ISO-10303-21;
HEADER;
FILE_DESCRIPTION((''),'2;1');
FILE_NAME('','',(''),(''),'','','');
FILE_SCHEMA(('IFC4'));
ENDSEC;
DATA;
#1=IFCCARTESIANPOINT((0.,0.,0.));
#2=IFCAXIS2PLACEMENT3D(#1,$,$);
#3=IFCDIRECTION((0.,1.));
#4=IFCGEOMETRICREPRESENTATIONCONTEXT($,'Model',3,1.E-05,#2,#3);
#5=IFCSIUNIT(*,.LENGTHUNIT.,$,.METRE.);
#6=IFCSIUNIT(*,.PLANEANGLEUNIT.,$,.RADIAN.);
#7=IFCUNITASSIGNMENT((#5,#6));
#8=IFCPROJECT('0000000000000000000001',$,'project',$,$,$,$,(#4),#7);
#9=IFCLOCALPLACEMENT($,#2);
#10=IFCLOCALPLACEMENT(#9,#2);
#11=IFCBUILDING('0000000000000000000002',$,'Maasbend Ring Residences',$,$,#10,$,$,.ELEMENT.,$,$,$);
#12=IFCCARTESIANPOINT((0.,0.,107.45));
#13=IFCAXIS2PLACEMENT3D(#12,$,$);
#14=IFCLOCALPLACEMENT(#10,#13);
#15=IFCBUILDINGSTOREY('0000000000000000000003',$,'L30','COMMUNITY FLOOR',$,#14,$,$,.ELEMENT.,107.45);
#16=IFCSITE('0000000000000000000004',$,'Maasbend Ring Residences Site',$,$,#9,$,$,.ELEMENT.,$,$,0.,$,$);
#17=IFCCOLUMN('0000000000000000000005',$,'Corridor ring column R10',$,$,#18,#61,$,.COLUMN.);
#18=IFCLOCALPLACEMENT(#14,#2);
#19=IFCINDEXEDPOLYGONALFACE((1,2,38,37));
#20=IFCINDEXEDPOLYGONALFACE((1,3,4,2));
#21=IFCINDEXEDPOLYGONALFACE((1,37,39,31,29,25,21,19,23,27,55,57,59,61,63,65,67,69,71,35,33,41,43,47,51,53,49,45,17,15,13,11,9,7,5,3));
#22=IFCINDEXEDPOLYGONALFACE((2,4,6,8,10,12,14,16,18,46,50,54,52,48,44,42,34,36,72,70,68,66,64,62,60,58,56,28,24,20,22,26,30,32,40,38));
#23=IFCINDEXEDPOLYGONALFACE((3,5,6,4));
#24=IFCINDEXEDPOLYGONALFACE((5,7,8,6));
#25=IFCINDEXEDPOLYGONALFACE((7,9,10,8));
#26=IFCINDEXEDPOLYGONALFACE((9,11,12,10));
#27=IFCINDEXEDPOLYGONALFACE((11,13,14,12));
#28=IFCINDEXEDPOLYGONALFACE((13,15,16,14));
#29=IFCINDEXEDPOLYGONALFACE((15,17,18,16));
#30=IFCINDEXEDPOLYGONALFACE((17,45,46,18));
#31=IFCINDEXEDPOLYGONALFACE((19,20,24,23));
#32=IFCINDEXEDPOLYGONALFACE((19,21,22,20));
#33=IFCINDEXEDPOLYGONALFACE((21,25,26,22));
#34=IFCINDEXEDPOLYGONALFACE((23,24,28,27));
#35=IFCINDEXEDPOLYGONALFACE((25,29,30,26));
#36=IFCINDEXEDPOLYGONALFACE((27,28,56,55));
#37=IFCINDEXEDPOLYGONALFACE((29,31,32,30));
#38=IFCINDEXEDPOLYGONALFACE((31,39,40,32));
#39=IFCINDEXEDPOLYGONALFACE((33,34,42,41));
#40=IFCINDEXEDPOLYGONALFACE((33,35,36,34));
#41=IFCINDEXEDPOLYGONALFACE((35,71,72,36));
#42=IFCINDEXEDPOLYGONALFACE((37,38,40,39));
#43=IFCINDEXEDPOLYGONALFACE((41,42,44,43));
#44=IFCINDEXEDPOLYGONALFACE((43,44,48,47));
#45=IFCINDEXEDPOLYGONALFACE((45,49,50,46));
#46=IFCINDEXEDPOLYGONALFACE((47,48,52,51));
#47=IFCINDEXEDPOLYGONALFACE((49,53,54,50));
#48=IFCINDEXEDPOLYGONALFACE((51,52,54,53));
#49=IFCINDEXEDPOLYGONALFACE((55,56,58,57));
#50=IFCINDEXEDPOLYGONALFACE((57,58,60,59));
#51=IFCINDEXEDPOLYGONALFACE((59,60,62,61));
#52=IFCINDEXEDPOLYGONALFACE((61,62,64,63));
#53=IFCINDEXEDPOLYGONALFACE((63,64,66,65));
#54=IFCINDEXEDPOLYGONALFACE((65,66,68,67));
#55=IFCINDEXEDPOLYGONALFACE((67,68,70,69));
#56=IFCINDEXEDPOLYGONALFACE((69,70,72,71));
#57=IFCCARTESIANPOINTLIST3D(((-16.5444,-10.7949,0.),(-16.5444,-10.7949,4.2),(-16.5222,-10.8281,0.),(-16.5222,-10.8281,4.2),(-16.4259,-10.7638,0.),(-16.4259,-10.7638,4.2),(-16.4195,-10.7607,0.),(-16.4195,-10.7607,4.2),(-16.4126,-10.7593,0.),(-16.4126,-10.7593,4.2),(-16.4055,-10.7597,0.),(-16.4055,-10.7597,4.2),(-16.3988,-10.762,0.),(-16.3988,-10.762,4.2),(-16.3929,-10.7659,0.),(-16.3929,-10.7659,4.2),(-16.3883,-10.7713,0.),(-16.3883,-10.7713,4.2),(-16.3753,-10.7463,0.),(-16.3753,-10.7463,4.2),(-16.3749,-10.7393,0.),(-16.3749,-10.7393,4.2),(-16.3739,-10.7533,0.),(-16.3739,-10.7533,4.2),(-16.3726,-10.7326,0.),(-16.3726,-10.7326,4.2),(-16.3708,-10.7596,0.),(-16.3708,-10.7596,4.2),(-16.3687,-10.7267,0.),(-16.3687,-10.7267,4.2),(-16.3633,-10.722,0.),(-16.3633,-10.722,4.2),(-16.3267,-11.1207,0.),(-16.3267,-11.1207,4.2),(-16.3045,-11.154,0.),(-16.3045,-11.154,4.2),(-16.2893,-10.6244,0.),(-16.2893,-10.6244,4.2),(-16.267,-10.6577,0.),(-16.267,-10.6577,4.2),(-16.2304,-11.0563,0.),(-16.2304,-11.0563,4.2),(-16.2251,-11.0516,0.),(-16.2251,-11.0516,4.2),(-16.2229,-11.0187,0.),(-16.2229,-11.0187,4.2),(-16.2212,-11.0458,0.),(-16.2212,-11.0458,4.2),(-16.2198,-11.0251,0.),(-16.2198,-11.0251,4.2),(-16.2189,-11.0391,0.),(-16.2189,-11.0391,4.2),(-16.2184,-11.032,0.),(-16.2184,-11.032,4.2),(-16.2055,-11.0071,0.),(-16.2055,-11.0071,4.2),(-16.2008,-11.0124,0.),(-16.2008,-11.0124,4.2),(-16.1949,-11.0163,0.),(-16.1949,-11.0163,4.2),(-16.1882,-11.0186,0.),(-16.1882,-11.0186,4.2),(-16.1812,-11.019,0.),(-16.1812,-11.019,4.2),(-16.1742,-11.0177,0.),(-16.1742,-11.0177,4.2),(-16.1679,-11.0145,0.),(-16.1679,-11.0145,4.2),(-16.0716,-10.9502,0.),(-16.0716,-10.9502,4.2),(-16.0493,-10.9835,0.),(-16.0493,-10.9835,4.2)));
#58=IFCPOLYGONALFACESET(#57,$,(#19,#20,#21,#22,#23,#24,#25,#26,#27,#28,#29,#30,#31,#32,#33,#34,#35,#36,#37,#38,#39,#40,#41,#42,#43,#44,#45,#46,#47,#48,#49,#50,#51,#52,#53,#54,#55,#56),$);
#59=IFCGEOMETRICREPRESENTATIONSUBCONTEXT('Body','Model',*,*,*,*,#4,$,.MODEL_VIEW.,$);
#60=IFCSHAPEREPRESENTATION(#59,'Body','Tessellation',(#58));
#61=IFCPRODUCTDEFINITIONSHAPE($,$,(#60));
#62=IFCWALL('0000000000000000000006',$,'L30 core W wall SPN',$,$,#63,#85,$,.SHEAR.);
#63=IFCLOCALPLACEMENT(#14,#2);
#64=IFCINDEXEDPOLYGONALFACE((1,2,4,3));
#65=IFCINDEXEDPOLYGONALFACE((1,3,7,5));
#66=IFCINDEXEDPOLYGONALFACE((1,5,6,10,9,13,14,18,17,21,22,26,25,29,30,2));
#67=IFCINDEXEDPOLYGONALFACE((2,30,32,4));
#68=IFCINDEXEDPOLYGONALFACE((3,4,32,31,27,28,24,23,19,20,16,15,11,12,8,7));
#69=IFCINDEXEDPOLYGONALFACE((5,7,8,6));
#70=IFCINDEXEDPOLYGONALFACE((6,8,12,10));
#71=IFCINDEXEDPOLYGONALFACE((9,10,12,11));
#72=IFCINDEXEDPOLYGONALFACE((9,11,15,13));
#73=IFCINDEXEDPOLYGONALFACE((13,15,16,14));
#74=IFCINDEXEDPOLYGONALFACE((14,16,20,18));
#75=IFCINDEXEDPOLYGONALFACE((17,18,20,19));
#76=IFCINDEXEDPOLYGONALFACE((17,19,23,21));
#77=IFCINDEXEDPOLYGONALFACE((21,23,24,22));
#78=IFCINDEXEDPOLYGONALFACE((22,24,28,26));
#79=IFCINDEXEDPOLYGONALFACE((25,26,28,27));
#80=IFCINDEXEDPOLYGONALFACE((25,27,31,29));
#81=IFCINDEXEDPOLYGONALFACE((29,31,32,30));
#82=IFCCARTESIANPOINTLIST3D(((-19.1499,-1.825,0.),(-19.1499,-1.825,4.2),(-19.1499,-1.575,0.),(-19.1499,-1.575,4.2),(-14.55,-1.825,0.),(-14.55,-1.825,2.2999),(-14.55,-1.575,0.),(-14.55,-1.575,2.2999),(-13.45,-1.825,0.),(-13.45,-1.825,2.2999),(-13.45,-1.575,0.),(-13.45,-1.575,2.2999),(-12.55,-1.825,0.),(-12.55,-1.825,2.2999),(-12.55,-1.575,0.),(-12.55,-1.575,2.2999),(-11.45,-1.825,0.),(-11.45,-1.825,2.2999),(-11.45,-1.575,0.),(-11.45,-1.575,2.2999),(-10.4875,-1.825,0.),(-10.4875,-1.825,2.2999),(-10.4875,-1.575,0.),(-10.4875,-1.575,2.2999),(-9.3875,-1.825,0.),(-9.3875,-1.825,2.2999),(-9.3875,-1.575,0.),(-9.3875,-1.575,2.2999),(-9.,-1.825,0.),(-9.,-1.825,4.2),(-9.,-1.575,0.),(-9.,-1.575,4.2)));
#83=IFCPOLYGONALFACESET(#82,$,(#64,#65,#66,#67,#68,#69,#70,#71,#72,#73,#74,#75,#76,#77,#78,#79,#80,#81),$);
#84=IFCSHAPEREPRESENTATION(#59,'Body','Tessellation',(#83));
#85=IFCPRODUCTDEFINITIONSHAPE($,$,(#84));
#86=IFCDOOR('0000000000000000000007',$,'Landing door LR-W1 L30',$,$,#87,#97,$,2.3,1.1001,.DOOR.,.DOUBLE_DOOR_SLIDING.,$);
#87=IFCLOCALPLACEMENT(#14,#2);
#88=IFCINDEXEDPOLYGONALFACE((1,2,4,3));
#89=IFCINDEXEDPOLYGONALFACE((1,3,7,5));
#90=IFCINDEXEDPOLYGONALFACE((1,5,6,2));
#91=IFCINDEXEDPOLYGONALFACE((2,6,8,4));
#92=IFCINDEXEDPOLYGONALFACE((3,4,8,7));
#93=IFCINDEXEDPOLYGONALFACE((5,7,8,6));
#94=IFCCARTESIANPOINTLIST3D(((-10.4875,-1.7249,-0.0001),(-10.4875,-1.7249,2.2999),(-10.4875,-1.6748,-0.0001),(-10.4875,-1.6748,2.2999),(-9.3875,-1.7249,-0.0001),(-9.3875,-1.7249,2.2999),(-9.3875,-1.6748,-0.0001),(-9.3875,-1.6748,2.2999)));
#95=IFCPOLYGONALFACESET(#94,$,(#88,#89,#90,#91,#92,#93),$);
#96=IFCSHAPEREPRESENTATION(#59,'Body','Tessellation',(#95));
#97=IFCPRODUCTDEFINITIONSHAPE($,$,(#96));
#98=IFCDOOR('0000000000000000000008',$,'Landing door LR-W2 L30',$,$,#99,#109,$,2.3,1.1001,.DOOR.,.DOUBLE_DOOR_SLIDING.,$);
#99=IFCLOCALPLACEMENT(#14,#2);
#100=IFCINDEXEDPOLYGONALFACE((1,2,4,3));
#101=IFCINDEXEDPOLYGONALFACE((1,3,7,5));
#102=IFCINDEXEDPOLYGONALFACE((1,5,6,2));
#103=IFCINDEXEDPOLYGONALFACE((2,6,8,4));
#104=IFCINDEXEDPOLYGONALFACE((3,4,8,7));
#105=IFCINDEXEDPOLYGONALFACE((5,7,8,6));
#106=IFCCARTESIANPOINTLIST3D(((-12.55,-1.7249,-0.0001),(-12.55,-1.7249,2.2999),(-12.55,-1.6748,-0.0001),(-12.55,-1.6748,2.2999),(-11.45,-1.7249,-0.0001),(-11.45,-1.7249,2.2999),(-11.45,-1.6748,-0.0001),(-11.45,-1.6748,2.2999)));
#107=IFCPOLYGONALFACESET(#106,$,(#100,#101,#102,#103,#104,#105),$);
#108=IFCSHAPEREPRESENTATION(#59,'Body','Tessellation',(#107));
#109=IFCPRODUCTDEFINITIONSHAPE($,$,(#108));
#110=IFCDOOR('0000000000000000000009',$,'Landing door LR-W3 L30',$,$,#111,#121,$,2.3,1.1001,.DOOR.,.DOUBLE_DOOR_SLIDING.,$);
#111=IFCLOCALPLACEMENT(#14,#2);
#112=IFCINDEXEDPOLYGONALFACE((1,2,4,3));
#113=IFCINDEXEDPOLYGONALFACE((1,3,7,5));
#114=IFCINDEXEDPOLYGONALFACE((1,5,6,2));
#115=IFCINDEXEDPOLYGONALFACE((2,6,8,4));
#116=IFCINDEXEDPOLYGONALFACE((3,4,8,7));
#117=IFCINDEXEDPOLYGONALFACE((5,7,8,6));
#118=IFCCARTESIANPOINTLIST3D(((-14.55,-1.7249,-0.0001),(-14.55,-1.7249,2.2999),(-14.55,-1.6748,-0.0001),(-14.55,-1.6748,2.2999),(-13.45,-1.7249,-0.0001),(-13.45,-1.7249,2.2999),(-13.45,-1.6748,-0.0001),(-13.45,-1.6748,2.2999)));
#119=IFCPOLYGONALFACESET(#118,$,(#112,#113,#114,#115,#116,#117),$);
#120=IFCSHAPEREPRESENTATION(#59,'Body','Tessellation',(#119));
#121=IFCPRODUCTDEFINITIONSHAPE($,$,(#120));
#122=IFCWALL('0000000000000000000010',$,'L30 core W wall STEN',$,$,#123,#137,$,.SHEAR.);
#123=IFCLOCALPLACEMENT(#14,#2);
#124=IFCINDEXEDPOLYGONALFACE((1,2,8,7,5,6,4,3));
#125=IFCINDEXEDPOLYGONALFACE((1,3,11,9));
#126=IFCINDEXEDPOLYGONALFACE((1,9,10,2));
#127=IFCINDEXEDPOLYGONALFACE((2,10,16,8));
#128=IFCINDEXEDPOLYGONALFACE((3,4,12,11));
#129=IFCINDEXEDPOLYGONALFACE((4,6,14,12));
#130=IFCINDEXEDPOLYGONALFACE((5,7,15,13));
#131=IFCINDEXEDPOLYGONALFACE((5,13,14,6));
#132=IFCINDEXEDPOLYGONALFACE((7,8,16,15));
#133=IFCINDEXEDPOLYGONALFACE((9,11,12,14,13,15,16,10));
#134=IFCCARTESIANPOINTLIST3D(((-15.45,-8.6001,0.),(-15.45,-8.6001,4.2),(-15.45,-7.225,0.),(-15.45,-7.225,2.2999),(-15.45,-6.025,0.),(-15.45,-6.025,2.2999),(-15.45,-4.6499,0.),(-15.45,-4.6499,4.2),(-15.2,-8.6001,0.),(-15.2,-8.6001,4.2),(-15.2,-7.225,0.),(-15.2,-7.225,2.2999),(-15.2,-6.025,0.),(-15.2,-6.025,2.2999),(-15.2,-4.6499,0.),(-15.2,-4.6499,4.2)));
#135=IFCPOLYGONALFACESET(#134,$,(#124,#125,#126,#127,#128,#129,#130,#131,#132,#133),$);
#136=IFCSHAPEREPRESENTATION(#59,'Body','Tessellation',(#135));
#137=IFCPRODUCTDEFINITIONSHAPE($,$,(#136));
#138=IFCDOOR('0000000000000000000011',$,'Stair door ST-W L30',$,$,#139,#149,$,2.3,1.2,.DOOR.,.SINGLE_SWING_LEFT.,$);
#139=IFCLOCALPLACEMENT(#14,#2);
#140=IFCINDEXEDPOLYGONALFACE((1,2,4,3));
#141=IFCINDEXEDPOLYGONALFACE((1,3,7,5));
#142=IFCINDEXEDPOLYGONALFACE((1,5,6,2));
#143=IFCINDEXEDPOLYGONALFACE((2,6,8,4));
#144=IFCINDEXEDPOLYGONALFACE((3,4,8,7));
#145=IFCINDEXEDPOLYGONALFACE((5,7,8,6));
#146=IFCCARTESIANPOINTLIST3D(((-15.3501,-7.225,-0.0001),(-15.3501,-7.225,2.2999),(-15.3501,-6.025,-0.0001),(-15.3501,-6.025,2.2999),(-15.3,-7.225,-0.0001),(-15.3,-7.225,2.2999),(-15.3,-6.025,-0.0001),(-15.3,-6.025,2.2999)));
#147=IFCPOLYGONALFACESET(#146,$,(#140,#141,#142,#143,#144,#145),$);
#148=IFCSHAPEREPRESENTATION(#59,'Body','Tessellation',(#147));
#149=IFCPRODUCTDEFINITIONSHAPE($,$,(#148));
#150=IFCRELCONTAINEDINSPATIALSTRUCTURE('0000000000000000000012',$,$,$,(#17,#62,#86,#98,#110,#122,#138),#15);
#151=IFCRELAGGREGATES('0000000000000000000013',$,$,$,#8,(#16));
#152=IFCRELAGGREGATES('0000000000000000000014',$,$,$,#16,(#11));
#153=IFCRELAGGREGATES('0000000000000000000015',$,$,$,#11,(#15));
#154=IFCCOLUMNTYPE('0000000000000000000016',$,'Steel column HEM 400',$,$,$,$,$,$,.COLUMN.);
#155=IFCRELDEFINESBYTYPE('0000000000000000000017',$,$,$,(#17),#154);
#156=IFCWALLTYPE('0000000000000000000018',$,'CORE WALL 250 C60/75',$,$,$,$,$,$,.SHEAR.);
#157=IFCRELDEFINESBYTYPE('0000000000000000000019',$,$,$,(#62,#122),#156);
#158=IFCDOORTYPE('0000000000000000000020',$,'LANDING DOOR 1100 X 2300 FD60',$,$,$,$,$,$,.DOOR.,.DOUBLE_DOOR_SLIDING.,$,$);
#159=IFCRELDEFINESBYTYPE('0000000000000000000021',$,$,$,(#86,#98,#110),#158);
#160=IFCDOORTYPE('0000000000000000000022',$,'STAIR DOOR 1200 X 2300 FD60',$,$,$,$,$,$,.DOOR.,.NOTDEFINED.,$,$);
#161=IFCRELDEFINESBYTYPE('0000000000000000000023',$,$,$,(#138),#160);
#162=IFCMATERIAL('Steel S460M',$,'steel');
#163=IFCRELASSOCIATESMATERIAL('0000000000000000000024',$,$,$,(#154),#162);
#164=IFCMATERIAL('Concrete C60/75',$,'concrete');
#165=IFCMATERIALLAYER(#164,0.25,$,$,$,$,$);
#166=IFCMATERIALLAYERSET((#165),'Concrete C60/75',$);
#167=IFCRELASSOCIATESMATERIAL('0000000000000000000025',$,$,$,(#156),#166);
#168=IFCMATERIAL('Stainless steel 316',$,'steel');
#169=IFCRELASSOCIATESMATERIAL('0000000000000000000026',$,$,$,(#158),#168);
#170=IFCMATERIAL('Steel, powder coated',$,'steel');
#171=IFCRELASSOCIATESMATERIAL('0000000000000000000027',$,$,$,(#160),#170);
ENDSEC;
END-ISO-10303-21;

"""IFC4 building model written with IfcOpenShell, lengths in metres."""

from ifc_helpers import new_model, si_unit, direction, frame, frame_2d, origin, origin_2d, place, context, subcontext, project, spatial, rectangle, i_section, extrude, material, layer, layer_set, material_profile, profile_set, type_object, element, fill, save


model = new_model("IFC4")

# Units and contexts
model_context = context("Model", 3, precision=1e-05, world=origin(), true_north=direction((0.0, 1.0)))
body_context = subcontext(model_context, "Body", "Model", "MODEL_VIEW")
ifc_project = project(units=[si_unit("LENGTHUNIT", "METRE"), si_unit("PLANEANGLEUNIT", "RADIAN")], contexts=[model_context])

# Site, building, storey
site_placement = place(None, origin())
site = spatial("IfcSite", under=ifc_project, at=site_placement, Name="Maasbend Ring Residences Site", CompositionType="ELEMENT", RefElevation=0.0)
building_placement = place(site_placement, origin())
building = spatial("IfcBuilding", under=site, at=building_placement, Name="Maasbend Ring Residences", CompositionType="ELEMENT")
storey_placement = place(building_placement, frame((0.0, 0.0, 107.45)))
storey = spatial("IfcBuildingStorey", under=building, at=storey_placement, Name="L30", Description="COMMUNITY FLOOR", CompositionType="ELEMENT", Elevation=107.45)

# Column
ifc_material_1 = material(Name="Steel S460M", Category="steel")
ifc_material_profile = material_profile(ifc_material_1, i_section(OverallWidth=0.3069, OverallDepth=0.4319, WebThickness=0.021, FlangeThickness=0.04, FilletRadius=0.0271, at=origin_2d()), Name="HEM 400")
ifc_profile_set = profile_set([ifc_material_profile], Name="Steel S460M")
column_type = type_object("IfcColumnType", Name="Steel column HEM 400", PredefinedType="COLUMN", material=ifc_profile_set)
column_placement = place(storey_placement, frame((-16.2969, -10.8892, 0.0), z_axis=(0.0, 0.0, 1.0), x_axis=(-0.83147, -0.55557, 0.0)))
element("IfcColumn", 1, at=column_placement, inside=storey, type_object=column_type, Name="Corridor ring column R10", PredefinedType="COLUMN", context=body_context, shape_type="SweptSolid", body=[
    extrude(i_section(OverallWidth=0.3069, OverallDepth=0.4319, WebThickness=0.021, FlangeThickness=0.04, FilletRadius=0.0271, at=origin_2d()), origin(), (0.0, 0.0, 1.0), 4.2),
])

# Wall, openings, doors
ifc_material_2 = material(Name="Concrete C60/75", Category="concrete")
ifc_layer_1 = layer(ifc_material_2, 0.25)
ifc_layer_set_1 = layer_set([ifc_layer_1], Name="Concrete C60/75")
wall_type_1 = type_object("IfcWallType", Name="CORE WALL 250 C60/75", PredefinedType="SHEAR", material=ifc_layer_set_1)
wall_1_placement = place(storey_placement, frame((-9.0, -1.7, 0.0), z_axis=(0.0, 0.0, 1.0), x_axis=(-1.0, 0.0, 0.0)))
wall_1 = element("IfcWall", 2, at=wall_1_placement, inside=storey, type_object=wall_type_1, Name="L30 core W wall SPN", PredefinedType="SHEAR", context=body_context, shape_type="SweptSolid", body=[
    extrude(rectangle(XDim=10.1499, YDim=0.25, at=frame_2d((5.075, 0.0))), origin(), (0.0, 0.0, 1.0), 4.2),
])
opening_1_placement = place(wall_1_placement, frame((0.3875, 0.0, 0.0)))
opening_1 = element("IfcOpeningElement", 3, at=opening_1_placement, cuts=wall_1, PredefinedType="OPENING", context=body_context, shape_type="SweptSolid", body=[
    extrude(rectangle(XDim=1.1001, YDim=2.3, at=frame_2d((0.55, 1.1499))), frame((0.0, 0.135, 0.0), z_axis=(0.0, -1.0, 0.0), x_axis=(1.0, 0.0, 0.0)), (0.0, 0.0, 1.0), 0.27),
])
opening_2_placement = place(wall_1_placement, frame((2.45, 0.0, 0.0)))
opening_2 = element("IfcOpeningElement", 4, at=opening_2_placement, cuts=wall_1, PredefinedType="OPENING", context=body_context, shape_type="SweptSolid", body=[
    extrude(rectangle(XDim=1.1001, YDim=2.3, at=frame_2d((0.55, 1.1499))), frame((0.0, 0.135, 0.0), z_axis=(0.0, -1.0, 0.0), x_axis=(1.0, 0.0, 0.0)), (0.0, 0.0, 1.0), 0.27),
])
opening_3_placement = place(wall_1_placement, frame((4.45, 0.0, 0.0)))
opening_3 = element("IfcOpeningElement", 5, at=opening_3_placement, cuts=wall_1, PredefinedType="OPENING", context=body_context, shape_type="SweptSolid", body=[
    extrude(rectangle(XDim=1.1001, YDim=2.3, at=frame_2d((0.55, 1.1499))), frame((0.0, 0.135, 0.0), z_axis=(0.0, -1.0, 0.0), x_axis=(1.0, 0.0, 0.0)), (0.0, 0.0, 1.0), 0.27),
])
ifc_material_3 = material(Name="Stainless steel 316", Category="steel")
door_type_1 = type_object("IfcDoorType", Name="LANDING DOOR 1100 X 2300 FD60", OperationType="DOUBLE_DOOR_SLIDING", PredefinedType="DOOR", material=ifc_material_3)
door_1_placement = place(opening_1_placement, origin())
door_1 = element("IfcDoor", 6, at=door_1_placement, inside=storey, type_object=door_type_1, Name="Landing door LR-W1 L30", OperationType="DOUBLE_DOOR_SLIDING", OverallHeight=2.3, OverallWidth=1.1001, PredefinedType="DOOR", context=body_context, shape_type="SweptSolid", body=[
    extrude(rectangle(XDim=1.1001, YDim=2.3, at=frame_2d((0.55, 1.1499))), frame((0.0, 0.0249, 0.0), z_axis=(0.0, -1.0, 0.0), x_axis=(1.0, 0.0, 0.0)), (0.0, 0.0, 1.0), 0.05),
])
fill(opening_1, door_1)
door_2_placement = place(opening_2_placement, origin())
door_2 = element("IfcDoor", 7, at=door_2_placement, inside=storey, type_object=door_type_1, Name="Landing door LR-W2 L30", OperationType="DOUBLE_DOOR_SLIDING", OverallHeight=2.3, OverallWidth=1.1001, PredefinedType="DOOR", context=body_context, shape_type="SweptSolid", body=[
    extrude(rectangle(XDim=1.1001, YDim=2.3, at=frame_2d((0.55, 1.1499))), frame((0.0, 0.0249, 0.0), z_axis=(0.0, -1.0, 0.0), x_axis=(1.0, 0.0, 0.0)), (0.0, 0.0, 1.0), 0.05),
])
fill(opening_2, door_2)
door_3_placement = place(opening_3_placement, origin())
door_3 = element("IfcDoor", 8, at=door_3_placement, inside=storey, type_object=door_type_1, Name="Landing door LR-W3 L30", OperationType="DOUBLE_DOOR_SLIDING", OverallHeight=2.3, OverallWidth=1.1001, PredefinedType="DOOR", context=body_context, shape_type="SweptSolid", body=[
    extrude(rectangle(XDim=1.1001, YDim=2.3, at=frame_2d((0.55, 1.1499))), frame((0.0, 0.0249, 0.0), z_axis=(0.0, -1.0, 0.0), x_axis=(1.0, 0.0, 0.0)), (0.0, 0.0, 1.0), 0.05),
])
fill(opening_3, door_3)

# Wall, opening, door
wall_2_placement = place(storey_placement, frame((-15.325, -4.6499, 0.0), z_axis=(0.0, 0.0, 1.0), x_axis=(0.0, -1.0, 0.0)))
wall_2 = element("IfcWall", 9, at=wall_2_placement, inside=storey, type_object=wall_type_1, Name="L30 core W wall STEN", PredefinedType="SHEAR", context=body_context, shape_type="SweptSolid", body=[
    extrude(rectangle(XDim=3.9502, YDim=0.25, at=frame_2d((1.9751, 0.0))), origin(), (0.0, 0.0, 1.0), 4.2),
])
opening_4_placement = place(wall_2_placement, frame((1.375, 0.0, 0.0)))
opening_4 = element("IfcOpeningElement", 10, at=opening_4_placement, cuts=wall_2, PredefinedType="OPENING", context=body_context, shape_type="SweptSolid", body=[
    extrude(rectangle(XDim=1.2, YDim=2.3, at=frame_2d((0.6001, 1.1499))), frame((0.0, 0.135, 0.0), z_axis=(0.0, -1.0, 0.0), x_axis=(1.0, 0.0, 0.0)), (0.0, 0.0, 1.0), 0.27),
])
ifc_material_4 = material(Name="Steel, powder coated", Category="steel")
door_type_2 = type_object("IfcDoorType", Name="STAIR DOOR 1200 X 2300 FD60", OperationType="NOTDEFINED", PredefinedType="DOOR", material=ifc_material_4)
door_4_placement = place(opening_4_placement, origin())
door_4 = element("IfcDoor", 11, at=door_4_placement, inside=storey, type_object=door_type_2, Name="Stair door ST-W L30", OperationType="SINGLE_SWING_LEFT", OverallHeight=2.3, OverallWidth=1.2, PredefinedType="DOOR", context=body_context, shape_type="SweptSolid", body=[
    extrude(rectangle(XDim=1.2, YDim=2.3, at=frame_2d((0.6001, 1.1499))), frame((0.0, 0.0249, 0.0), z_axis=(0.0, -1.0, 0.0), x_axis=(1.0, 0.0, 0.0)), (0.0, 0.0, 1.0), 0.05),
])
fill(opening_4, door_4)

save(model, "model.ifc")
